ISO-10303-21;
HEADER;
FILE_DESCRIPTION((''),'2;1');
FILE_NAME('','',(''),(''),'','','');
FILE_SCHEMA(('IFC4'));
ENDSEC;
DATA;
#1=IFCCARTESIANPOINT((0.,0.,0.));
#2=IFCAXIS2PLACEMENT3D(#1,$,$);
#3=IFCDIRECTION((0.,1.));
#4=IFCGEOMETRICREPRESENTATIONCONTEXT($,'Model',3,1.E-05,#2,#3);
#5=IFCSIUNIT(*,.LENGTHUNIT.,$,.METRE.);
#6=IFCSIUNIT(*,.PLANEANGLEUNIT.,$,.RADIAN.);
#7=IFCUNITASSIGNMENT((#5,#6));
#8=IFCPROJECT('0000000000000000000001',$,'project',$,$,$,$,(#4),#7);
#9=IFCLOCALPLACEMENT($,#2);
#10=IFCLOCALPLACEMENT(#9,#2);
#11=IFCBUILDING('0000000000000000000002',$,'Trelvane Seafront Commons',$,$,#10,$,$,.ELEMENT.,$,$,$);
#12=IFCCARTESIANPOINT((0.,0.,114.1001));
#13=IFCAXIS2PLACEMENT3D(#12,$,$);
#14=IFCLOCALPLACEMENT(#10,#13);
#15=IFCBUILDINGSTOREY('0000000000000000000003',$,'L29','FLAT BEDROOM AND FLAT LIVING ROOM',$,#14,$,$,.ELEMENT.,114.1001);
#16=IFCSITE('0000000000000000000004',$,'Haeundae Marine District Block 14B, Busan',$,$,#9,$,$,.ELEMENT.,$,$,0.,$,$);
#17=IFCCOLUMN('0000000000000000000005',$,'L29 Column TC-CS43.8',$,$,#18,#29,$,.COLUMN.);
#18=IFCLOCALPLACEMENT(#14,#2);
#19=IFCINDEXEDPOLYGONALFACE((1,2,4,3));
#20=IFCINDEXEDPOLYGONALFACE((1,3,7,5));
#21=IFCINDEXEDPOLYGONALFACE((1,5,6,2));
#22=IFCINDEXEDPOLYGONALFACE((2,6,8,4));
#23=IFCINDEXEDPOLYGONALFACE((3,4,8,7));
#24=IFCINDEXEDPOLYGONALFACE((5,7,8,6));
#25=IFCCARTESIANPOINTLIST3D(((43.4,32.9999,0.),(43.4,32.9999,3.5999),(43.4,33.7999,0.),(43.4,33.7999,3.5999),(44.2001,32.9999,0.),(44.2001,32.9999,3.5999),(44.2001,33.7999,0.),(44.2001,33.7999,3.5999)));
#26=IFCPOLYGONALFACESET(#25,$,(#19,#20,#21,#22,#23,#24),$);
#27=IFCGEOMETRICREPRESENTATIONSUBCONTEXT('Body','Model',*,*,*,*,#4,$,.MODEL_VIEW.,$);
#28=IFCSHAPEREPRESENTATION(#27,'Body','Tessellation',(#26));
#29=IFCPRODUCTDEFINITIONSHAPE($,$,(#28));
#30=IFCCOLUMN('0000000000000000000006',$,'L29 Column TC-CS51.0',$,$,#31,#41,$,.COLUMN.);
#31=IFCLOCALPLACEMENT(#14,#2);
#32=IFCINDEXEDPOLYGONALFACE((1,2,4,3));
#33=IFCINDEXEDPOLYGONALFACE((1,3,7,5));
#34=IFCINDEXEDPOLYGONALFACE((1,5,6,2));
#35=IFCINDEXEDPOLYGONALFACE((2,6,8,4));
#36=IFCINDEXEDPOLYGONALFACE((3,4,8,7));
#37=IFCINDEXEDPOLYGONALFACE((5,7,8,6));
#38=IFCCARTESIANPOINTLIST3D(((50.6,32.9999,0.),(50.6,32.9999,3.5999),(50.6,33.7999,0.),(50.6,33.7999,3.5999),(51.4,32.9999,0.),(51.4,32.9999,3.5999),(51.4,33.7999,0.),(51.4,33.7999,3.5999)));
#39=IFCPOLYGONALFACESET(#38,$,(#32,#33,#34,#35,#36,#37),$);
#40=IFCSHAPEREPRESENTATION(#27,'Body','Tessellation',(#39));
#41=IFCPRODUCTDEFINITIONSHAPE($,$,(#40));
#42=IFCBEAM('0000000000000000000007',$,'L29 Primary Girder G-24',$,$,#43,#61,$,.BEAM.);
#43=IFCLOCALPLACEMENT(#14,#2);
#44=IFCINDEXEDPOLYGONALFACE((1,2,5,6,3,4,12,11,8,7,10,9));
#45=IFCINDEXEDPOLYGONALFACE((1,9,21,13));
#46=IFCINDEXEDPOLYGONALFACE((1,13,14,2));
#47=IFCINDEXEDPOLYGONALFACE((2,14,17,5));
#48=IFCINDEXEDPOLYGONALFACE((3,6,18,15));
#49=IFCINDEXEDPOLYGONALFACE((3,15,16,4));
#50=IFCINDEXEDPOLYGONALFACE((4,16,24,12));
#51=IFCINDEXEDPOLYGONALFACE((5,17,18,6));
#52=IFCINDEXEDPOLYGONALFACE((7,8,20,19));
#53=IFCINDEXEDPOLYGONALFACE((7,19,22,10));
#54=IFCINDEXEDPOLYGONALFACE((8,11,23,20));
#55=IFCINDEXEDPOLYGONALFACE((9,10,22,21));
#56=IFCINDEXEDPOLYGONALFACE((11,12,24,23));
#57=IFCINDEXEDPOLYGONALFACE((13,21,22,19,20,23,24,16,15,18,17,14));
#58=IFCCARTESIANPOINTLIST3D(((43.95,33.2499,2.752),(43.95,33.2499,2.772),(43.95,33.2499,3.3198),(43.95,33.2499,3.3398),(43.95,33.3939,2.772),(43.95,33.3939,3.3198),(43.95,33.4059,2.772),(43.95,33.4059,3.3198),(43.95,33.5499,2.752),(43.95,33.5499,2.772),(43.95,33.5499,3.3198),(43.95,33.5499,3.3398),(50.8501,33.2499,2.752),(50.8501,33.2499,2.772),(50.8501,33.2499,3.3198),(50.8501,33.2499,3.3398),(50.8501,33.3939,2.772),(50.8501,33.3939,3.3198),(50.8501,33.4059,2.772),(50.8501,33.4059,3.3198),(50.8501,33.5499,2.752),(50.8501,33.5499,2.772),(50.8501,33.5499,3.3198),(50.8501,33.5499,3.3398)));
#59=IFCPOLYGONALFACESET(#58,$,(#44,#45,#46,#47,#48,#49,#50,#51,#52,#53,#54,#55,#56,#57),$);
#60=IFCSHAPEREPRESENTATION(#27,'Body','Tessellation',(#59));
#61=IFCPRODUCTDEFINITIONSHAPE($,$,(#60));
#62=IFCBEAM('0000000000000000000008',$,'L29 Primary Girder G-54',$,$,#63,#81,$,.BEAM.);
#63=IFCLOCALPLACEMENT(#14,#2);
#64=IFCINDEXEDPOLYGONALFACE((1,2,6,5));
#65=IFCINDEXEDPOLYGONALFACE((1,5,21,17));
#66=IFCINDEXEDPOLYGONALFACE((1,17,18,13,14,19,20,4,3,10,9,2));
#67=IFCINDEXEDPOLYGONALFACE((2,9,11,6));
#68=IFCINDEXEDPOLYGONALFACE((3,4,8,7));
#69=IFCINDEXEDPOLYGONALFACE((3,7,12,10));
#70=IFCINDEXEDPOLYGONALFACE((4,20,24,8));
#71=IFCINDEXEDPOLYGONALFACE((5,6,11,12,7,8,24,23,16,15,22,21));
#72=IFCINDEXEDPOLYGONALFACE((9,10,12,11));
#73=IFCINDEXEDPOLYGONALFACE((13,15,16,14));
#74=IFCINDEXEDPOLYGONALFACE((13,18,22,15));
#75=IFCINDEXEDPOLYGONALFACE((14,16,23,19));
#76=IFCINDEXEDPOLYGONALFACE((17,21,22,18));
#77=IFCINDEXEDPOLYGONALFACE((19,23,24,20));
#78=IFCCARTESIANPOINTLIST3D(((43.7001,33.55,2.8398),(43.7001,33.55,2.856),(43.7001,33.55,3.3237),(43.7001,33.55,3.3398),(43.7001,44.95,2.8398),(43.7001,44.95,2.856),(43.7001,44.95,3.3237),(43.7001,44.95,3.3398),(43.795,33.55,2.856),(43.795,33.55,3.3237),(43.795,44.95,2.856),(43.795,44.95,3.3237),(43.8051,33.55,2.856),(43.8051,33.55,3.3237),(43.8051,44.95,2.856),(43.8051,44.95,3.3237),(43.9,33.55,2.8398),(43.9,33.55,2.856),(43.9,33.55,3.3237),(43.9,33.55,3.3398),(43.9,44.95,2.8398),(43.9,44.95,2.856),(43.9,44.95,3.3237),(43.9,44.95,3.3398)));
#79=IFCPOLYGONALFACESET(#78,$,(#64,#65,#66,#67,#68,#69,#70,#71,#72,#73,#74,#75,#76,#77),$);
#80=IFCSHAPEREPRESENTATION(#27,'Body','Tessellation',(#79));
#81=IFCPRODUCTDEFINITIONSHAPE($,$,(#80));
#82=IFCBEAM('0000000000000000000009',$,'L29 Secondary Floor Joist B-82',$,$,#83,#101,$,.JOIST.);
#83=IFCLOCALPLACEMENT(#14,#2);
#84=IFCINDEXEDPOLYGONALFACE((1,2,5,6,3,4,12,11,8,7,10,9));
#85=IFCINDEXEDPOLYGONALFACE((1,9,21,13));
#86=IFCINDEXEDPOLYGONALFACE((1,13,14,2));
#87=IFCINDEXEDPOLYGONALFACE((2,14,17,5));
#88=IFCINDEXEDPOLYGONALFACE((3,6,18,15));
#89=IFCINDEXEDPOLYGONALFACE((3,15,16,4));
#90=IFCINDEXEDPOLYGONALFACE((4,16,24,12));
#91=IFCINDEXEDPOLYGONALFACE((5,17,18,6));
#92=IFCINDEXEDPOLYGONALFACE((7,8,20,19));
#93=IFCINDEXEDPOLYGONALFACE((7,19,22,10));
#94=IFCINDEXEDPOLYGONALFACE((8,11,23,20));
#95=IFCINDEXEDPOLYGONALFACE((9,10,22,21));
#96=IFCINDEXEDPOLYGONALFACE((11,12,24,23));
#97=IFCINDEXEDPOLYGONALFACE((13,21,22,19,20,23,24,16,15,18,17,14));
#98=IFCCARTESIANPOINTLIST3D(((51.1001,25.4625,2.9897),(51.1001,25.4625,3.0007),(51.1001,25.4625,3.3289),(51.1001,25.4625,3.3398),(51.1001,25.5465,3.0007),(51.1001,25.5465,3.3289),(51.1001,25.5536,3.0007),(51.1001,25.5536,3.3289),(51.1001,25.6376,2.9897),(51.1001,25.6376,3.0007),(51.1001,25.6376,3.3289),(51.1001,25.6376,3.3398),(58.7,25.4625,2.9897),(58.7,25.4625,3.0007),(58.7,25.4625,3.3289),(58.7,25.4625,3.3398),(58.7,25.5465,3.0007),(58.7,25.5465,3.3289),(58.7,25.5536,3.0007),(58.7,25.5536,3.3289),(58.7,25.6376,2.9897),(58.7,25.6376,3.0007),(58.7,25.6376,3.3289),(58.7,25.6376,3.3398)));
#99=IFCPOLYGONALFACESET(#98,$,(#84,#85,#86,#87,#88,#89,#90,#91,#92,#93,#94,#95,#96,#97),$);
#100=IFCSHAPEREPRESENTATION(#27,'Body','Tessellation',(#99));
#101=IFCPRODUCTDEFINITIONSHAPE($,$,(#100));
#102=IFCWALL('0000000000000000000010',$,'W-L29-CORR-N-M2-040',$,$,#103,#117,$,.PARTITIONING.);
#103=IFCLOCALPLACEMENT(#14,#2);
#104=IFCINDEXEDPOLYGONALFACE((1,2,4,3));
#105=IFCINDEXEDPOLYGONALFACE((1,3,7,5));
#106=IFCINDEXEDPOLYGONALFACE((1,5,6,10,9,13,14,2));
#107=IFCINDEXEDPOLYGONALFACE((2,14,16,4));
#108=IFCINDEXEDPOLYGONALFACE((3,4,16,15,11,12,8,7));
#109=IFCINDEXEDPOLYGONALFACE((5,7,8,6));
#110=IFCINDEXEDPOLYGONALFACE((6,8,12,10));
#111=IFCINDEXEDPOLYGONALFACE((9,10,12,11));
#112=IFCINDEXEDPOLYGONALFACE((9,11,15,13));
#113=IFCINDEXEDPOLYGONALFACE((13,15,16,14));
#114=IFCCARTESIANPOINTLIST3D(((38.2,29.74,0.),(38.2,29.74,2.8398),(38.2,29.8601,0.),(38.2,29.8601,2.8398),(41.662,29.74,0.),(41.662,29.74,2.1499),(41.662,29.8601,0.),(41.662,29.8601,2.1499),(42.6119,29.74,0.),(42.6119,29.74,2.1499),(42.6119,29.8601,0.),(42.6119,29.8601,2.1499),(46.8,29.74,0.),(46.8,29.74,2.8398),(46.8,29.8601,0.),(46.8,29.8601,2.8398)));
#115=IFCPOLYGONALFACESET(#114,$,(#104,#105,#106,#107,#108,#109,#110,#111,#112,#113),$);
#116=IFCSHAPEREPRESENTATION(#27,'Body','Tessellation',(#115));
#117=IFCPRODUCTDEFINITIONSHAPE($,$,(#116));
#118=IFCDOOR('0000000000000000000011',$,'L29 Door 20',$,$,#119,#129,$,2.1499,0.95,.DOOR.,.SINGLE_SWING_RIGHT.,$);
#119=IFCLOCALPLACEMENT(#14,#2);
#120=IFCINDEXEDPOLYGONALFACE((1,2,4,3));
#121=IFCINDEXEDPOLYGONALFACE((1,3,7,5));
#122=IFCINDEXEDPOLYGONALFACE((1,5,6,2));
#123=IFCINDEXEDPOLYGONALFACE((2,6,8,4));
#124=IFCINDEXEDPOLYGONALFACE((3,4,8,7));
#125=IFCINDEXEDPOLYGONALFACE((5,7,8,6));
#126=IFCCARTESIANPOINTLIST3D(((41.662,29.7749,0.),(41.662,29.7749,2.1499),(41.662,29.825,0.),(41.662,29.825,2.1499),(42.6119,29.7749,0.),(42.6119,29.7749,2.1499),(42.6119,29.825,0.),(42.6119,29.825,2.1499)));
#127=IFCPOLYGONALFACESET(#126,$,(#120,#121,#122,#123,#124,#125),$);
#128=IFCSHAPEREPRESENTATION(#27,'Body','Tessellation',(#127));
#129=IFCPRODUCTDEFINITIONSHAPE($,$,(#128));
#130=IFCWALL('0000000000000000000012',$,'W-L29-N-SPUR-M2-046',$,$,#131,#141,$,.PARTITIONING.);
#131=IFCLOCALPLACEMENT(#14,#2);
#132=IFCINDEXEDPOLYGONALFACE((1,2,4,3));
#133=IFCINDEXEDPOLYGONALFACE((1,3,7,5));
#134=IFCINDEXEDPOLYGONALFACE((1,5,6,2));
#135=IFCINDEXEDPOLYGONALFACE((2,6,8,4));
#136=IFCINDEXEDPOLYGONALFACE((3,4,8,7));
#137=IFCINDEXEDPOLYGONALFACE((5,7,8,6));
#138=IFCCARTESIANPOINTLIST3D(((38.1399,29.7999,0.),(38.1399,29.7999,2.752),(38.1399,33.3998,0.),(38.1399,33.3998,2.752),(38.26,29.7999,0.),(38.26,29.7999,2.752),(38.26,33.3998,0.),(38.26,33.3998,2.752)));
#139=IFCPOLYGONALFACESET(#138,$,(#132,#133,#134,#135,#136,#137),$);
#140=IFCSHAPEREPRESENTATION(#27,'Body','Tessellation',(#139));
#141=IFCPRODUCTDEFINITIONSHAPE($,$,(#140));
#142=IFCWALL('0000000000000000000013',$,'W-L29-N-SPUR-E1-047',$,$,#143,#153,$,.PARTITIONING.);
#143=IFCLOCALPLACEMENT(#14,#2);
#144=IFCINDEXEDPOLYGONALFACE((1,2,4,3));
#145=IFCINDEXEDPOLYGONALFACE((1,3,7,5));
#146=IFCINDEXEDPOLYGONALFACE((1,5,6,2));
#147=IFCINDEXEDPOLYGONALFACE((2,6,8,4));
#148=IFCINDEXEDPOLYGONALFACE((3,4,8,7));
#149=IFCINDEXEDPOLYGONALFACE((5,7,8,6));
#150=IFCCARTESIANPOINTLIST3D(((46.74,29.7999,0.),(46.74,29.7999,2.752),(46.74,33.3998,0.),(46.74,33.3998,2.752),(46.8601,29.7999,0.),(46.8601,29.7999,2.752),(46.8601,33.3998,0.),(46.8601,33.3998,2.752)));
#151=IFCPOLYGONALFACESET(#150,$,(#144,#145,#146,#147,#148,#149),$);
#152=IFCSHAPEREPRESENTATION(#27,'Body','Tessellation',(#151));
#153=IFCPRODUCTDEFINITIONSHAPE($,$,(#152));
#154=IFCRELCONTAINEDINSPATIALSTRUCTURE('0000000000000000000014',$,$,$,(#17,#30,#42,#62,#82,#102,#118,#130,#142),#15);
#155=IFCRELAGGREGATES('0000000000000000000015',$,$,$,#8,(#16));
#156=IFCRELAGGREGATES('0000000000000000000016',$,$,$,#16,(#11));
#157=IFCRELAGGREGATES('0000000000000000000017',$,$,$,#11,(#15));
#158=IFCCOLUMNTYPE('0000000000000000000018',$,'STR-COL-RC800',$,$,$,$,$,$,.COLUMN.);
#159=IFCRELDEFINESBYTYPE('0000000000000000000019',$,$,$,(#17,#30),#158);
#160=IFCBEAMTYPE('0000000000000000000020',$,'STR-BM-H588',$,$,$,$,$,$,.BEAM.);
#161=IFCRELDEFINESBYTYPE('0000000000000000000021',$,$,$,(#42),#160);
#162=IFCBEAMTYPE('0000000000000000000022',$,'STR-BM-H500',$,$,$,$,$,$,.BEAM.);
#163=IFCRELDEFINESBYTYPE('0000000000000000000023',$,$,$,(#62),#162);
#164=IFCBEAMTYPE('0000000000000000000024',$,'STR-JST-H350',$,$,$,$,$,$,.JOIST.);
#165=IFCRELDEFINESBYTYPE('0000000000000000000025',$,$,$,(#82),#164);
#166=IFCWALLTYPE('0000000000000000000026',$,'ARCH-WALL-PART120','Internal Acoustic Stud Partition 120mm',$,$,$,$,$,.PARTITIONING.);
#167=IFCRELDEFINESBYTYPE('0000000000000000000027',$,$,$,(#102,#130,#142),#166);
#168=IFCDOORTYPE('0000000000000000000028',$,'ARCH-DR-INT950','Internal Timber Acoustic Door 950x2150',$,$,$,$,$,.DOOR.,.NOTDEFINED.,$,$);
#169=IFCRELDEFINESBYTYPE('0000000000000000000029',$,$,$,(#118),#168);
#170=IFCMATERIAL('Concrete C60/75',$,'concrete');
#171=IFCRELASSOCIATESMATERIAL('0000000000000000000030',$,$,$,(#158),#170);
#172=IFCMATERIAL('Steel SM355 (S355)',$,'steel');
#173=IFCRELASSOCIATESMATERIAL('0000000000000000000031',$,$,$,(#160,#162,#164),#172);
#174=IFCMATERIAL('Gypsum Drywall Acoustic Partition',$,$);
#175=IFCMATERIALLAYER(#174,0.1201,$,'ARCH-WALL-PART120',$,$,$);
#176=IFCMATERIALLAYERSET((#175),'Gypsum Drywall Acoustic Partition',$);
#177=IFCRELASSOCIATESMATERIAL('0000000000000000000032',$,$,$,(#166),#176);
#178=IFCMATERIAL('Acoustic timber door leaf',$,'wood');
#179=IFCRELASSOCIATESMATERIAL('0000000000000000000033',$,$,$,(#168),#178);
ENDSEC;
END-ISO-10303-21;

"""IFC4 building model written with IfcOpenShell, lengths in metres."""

from ifc_helpers import new_model, si_unit, direction, frame, frame_2d, origin, origin_2d, place, context, subcontext, project, spatial, rectangle, i_section, extrude, source, transform, mapped, material, layer, layer_set, material_profile, profile_set, type_object, element, fill, save


model = new_model("IFC4")

# Units and contexts
model_context = context("Model", 3, precision=1e-05, world=origin(), true_north=direction((0.0, 1.0)))
body_context = subcontext(model_context, "Body", "Model", "MODEL_VIEW")
ifc_project = project(units=[si_unit("LENGTHUNIT", "METRE"), si_unit("PLANEANGLEUNIT", "RADIAN")], contexts=[model_context])

# Site, building, storey
site_placement = place(None, origin())
site = spatial("IfcSite", under=ifc_project, at=site_placement, Name="Haeundae Marine District Block 14B, Busan", CompositionType="ELEMENT", RefElevation=0.0)
building_placement = place(site_placement, origin())
building = spatial("IfcBuilding", under=site, at=building_placement, Name="Trelvane Seafront Commons", CompositionType="ELEMENT")
storey_placement = place(building_placement, frame((0.0, 0.0, 114.1001)))
storey = spatial("IfcBuildingStorey", under=building, at=storey_placement, Name="L29", Description="FLAT BEDROOM AND FLAT LIVING ROOM", CompositionType="ELEMENT", Elevation=114.1001)

# Columns
ifc_material_1 = material(Name="Concrete C60/75", Category="concrete")
ifc_material_profile_1 = material_profile(ifc_material_1, rectangle(XDim=0.8, YDim=0.8, at=origin_2d()), Name="RC-800x800")
ifc_profile_set_1 = profile_set([ifc_material_profile_1], Name="Concrete C60/75")
column_type = type_object("IfcColumnType", Name="STR-COL-RC800", PredefinedType="COLUMN", material=ifc_profile_set_1)
shared_shape_1 = source(origin(), body_context, "Body", "SweptSolid", [
    extrude(rectangle(XDim=0.8, YDim=0.8, at=origin_2d()), origin(), (0.0, 0.0, 1.0), 3.5999),
])
for number, where, z_axis, x_axis, name in (
    (1, (43.8, 33.3999, 0.0), (0.0, 0.0, 1.0), (1.0, 0.0, 0.0), "L29 Column TC-CS43.8"),
    (2, (51.0, 33.3999, 0.0), (0.0, 0.0, 1.0), (1.0, 0.0, 0.0), "L29 Column TC-CS51.0"),
):
    element("IfcColumn", number, at=place(storey_placement, frame(where, z_axis=z_axis, x_axis=x_axis)), inside=storey, type_object=column_type, Name=name, PredefinedType="COLUMN", context=body_context, shape_type="MappedRepresentation", body=[
        mapped(shared_shape_1, transform((0.0, 0.0, 0.0), x_axis=(1.0, 0.0, 0.0), y_axis=(0.0, 1.0, 0.0), z_axis=(0.0, 0.0, 1.0), scale=1.0)),
    ])

# Beams
ifc_material_2 = material(Name="Steel SM355 (S355)", Category="steel")
ifc_material_profile_2 = material_profile(ifc_material_2, i_section(OverallWidth=0.3, OverallDepth=0.5879, WebThickness=0.012, FlangeThickness=0.02, at=origin_2d()), Name="H-588x300x12x20")
ifc_profile_set_2 = profile_set([ifc_material_profile_2], Name="Steel SM355 (S355)")
beam_type_1 = type_object("IfcBeamType", Name="STR-BM-H588", PredefinedType="BEAM", material=ifc_profile_set_2)
shared_shape_2 = source(origin(), body_context, "Body", "SweptSolid", [
    extrude(i_section(OverallWidth=0.3, OverallDepth=0.5879, WebThickness=0.012, FlangeThickness=0.02, at=origin_2d()), origin(), (0.0, 0.0, 1.0), 6.9001),
])
beam_1_placement = place(storey_placement, frame((43.95, 33.3999, 3.0459), z_axis=(1.0, 0.0, 0.0), x_axis=(0.0, 1.0, 0.0)))
element("IfcBeam", 3, at=beam_1_placement, inside=storey, type_object=beam_type_1, Name="L29 Primary Girder G-24", PredefinedType="BEAM", context=body_context, shape_type="MappedRepresentation", body=[
    mapped(shared_shape_2, transform((0.0, 0.0, 0.0), x_axis=(1.0, 0.0, 0.0), y_axis=(0.0, 1.0, 0.0), z_axis=(0.0, 0.0, 1.0), scale=1.0)),
])
ifc_material_profile_3 = material_profile(ifc_material_2, i_section(OverallWidth=0.2, OverallDepth=0.5, WebThickness=0.01, FlangeThickness=0.0161, at=origin_2d()), Name="H-500x200x10x16")
ifc_profile_set_3 = profile_set([ifc_material_profile_3], Name="Steel SM355 (S355)")
beam_type_2 = type_object("IfcBeamType", Name="STR-BM-H500", PredefinedType="BEAM", material=ifc_profile_set_3)
shared_shape_3 = source(origin(), body_context, "Body", "SweptSolid", [
    extrude(i_section(OverallWidth=0.2, OverallDepth=0.5, WebThickness=0.01, FlangeThickness=0.0161, at=origin_2d()), origin(), (0.0, 0.0, 1.0), 11.3999),
])
beam_2_placement = place(storey_placement, frame((43.8, 33.55, 3.0898), z_axis=(0.0, 1.0, 0.0), x_axis=(-1.0, 0.0, 0.0)))
element("IfcBeam", 4, at=beam_2_placement, inside=storey, type_object=beam_type_2, Name="L29 Primary Girder G-54", PredefinedType="BEAM", context=body_context, shape_type="MappedRepresentation", body=[
    mapped(shared_shape_3, transform((0.0, 0.0, 0.0), x_axis=(1.0, 0.0, 0.0), y_axis=(0.0, 1.0, 0.0), z_axis=(0.0, 0.0, 1.0), scale=1.0)),
])
ifc_material_profile_4 = material_profile(ifc_material_2, i_section(OverallWidth=0.175, OverallDepth=0.3501, WebThickness=0.0071, FlangeThickness=0.011, at=origin_2d()), Name="H-350x175x7x11")
ifc_profile_set_4 = profile_set([ifc_material_profile_4], Name="Steel SM355 (S355)")
beam_type_3 = type_object("IfcBeamType", Name="STR-JST-H350", PredefinedType="JOIST", material=ifc_profile_set_4)
shared_shape_4 = source(origin(), body_context, "Body", "SweptSolid", [
    extrude(i_section(OverallWidth=0.175, OverallDepth=0.3501, WebThickness=0.0071, FlangeThickness=0.011, at=origin_2d()), origin(), (0.0, 0.0, 1.0), 7.5999),
])
beam_3_placement = place(storey_placement, frame((51.1001, 25.55, 3.1648), z_axis=(1.0, 0.0, 0.0), x_axis=(0.0, 1.0, 0.0)))
element("IfcBeam", 5, at=beam_3_placement, inside=storey, type_object=beam_type_3, Name="L29 Secondary Floor Joist B-82", PredefinedType="JOIST", context=body_context, shape_type="MappedRepresentation", body=[
    mapped(shared_shape_4, transform((0.0, 0.0, 0.0), x_axis=(1.0, 0.0, 0.0), y_axis=(0.0, 1.0, 0.0), z_axis=(0.0, 0.0, 1.0), scale=1.0)),
])

# Shared definitions
shared_shape_5 = source(origin(), body_context, "Body", "SweptSolid", [
    extrude(rectangle(XDim=0.95, YDim=2.1499, at=frame_2d((0.4751, 1.075))), frame((0.0, 0.0249, 0.0), z_axis=(0.0, -1.0, 0.0), x_axis=(1.0, 0.0, 0.0)), (0.0, 0.0, 1.0), 0.05),
])

# Wall, opening, door
ifc_material_3 = material(Name="Gypsum Drywall Acoustic Partition")
ifc_layer_1 = layer(ifc_material_3, 0.1201, Name="ARCH-WALL-PART120")
ifc_layer_set_1 = layer_set([ifc_layer_1], Name="Gypsum Drywall Acoustic Partition")
wall_type_1 = type_object("IfcWallType", Name="ARCH-WALL-PART120", Description="Internal Acoustic Stud Partition 120mm", PredefinedType="PARTITIONING", material=ifc_layer_set_1)
wall_1_placement = place(storey_placement, frame((38.2, 29.8, 0.0), z_axis=(0.0, 0.0, 1.0), x_axis=(1.0, 0.0, 0.0)))
wall_1 = element("IfcWall", 6, at=wall_1_placement, inside=storey, type_object=wall_type_1, Name="W-L29-CORR-N-M2-040", PredefinedType="PARTITIONING", context=body_context, shape_type="SweptSolid", body=[
    extrude(rectangle(XDim=8.6001, YDim=0.1201, at=frame_2d((4.3, 0.0))), origin(), (0.0, 0.0, 1.0), 2.8398),
])
opening_1_placement = place(wall_1_placement, frame((3.4619, 0.0, 0.0)))
opening_1 = element("IfcOpeningElement", 7, at=opening_1_placement, cuts=wall_1, PredefinedType="OPENING", context=body_context, shape_type="SweptSolid", body=[
    extrude(rectangle(XDim=0.95, YDim=2.1499, at=frame_2d((0.4751, 1.075))), frame((0.0, 0.0701, 0.0), z_axis=(0.0, -1.0, 0.0), x_axis=(1.0, 0.0, 0.0)), (0.0, 0.0, 1.0), 0.1401),
])
ifc_material_4 = material(Name="Acoustic timber door leaf", Category="wood")
door_type_1 = type_object("IfcDoorType", Name="ARCH-DR-INT950", Description="Internal Timber Acoustic Door 950x2150", OperationType="NOTDEFINED", PredefinedType="DOOR", material=ifc_material_4)
door_1_placement = place(opening_1_placement, origin())
door_1 = element("IfcDoor", 8, at=door_1_placement, inside=storey, type_object=door_type_1, Name="L29 Door 20", OperationType="SINGLE_SWING_RIGHT", OverallHeight=2.1499, OverallWidth=0.95, PredefinedType="DOOR", context=body_context, shape_type="MappedRepresentation", body=[
    mapped(shared_shape_5, transform((0.0, 0.0, 0.0), x_axis=(1.0, 0.0, 0.0), y_axis=(0.0, 1.0, 0.0), z_axis=(0.0, 0.0, 1.0), scale=1.0)),
])
fill(opening_1, door_1)

# Walls
for number, where, z_axis, x_axis, name in (
    (9, (38.2, 29.8, 0.0), (0.0, 0.0, 1.0), (0.0, 1.0, 0.0), "W-L29-N-SPUR-M2-046"),
    (10, (46.8, 29.8, 0.0), (0.0, 0.0, 1.0), (0.0, 1.0, 0.0), "W-L29-N-SPUR-E1-047"),
):
    element("IfcWall", number, at=place(storey_placement, frame(where, z_axis=z_axis, x_axis=x_axis)), inside=storey, type_object=wall_type_1, Name=name, PredefinedType="PARTITIONING", context=body_context, shape_type="SweptSolid", body=[
        extrude(rectangle(XDim=3.5999, YDim=0.1201, at=frame_2d((1.7998, 0.0))), origin(), (0.0, 0.0, 1.0), 2.752),
    ])

save(model, "model.ifc")
